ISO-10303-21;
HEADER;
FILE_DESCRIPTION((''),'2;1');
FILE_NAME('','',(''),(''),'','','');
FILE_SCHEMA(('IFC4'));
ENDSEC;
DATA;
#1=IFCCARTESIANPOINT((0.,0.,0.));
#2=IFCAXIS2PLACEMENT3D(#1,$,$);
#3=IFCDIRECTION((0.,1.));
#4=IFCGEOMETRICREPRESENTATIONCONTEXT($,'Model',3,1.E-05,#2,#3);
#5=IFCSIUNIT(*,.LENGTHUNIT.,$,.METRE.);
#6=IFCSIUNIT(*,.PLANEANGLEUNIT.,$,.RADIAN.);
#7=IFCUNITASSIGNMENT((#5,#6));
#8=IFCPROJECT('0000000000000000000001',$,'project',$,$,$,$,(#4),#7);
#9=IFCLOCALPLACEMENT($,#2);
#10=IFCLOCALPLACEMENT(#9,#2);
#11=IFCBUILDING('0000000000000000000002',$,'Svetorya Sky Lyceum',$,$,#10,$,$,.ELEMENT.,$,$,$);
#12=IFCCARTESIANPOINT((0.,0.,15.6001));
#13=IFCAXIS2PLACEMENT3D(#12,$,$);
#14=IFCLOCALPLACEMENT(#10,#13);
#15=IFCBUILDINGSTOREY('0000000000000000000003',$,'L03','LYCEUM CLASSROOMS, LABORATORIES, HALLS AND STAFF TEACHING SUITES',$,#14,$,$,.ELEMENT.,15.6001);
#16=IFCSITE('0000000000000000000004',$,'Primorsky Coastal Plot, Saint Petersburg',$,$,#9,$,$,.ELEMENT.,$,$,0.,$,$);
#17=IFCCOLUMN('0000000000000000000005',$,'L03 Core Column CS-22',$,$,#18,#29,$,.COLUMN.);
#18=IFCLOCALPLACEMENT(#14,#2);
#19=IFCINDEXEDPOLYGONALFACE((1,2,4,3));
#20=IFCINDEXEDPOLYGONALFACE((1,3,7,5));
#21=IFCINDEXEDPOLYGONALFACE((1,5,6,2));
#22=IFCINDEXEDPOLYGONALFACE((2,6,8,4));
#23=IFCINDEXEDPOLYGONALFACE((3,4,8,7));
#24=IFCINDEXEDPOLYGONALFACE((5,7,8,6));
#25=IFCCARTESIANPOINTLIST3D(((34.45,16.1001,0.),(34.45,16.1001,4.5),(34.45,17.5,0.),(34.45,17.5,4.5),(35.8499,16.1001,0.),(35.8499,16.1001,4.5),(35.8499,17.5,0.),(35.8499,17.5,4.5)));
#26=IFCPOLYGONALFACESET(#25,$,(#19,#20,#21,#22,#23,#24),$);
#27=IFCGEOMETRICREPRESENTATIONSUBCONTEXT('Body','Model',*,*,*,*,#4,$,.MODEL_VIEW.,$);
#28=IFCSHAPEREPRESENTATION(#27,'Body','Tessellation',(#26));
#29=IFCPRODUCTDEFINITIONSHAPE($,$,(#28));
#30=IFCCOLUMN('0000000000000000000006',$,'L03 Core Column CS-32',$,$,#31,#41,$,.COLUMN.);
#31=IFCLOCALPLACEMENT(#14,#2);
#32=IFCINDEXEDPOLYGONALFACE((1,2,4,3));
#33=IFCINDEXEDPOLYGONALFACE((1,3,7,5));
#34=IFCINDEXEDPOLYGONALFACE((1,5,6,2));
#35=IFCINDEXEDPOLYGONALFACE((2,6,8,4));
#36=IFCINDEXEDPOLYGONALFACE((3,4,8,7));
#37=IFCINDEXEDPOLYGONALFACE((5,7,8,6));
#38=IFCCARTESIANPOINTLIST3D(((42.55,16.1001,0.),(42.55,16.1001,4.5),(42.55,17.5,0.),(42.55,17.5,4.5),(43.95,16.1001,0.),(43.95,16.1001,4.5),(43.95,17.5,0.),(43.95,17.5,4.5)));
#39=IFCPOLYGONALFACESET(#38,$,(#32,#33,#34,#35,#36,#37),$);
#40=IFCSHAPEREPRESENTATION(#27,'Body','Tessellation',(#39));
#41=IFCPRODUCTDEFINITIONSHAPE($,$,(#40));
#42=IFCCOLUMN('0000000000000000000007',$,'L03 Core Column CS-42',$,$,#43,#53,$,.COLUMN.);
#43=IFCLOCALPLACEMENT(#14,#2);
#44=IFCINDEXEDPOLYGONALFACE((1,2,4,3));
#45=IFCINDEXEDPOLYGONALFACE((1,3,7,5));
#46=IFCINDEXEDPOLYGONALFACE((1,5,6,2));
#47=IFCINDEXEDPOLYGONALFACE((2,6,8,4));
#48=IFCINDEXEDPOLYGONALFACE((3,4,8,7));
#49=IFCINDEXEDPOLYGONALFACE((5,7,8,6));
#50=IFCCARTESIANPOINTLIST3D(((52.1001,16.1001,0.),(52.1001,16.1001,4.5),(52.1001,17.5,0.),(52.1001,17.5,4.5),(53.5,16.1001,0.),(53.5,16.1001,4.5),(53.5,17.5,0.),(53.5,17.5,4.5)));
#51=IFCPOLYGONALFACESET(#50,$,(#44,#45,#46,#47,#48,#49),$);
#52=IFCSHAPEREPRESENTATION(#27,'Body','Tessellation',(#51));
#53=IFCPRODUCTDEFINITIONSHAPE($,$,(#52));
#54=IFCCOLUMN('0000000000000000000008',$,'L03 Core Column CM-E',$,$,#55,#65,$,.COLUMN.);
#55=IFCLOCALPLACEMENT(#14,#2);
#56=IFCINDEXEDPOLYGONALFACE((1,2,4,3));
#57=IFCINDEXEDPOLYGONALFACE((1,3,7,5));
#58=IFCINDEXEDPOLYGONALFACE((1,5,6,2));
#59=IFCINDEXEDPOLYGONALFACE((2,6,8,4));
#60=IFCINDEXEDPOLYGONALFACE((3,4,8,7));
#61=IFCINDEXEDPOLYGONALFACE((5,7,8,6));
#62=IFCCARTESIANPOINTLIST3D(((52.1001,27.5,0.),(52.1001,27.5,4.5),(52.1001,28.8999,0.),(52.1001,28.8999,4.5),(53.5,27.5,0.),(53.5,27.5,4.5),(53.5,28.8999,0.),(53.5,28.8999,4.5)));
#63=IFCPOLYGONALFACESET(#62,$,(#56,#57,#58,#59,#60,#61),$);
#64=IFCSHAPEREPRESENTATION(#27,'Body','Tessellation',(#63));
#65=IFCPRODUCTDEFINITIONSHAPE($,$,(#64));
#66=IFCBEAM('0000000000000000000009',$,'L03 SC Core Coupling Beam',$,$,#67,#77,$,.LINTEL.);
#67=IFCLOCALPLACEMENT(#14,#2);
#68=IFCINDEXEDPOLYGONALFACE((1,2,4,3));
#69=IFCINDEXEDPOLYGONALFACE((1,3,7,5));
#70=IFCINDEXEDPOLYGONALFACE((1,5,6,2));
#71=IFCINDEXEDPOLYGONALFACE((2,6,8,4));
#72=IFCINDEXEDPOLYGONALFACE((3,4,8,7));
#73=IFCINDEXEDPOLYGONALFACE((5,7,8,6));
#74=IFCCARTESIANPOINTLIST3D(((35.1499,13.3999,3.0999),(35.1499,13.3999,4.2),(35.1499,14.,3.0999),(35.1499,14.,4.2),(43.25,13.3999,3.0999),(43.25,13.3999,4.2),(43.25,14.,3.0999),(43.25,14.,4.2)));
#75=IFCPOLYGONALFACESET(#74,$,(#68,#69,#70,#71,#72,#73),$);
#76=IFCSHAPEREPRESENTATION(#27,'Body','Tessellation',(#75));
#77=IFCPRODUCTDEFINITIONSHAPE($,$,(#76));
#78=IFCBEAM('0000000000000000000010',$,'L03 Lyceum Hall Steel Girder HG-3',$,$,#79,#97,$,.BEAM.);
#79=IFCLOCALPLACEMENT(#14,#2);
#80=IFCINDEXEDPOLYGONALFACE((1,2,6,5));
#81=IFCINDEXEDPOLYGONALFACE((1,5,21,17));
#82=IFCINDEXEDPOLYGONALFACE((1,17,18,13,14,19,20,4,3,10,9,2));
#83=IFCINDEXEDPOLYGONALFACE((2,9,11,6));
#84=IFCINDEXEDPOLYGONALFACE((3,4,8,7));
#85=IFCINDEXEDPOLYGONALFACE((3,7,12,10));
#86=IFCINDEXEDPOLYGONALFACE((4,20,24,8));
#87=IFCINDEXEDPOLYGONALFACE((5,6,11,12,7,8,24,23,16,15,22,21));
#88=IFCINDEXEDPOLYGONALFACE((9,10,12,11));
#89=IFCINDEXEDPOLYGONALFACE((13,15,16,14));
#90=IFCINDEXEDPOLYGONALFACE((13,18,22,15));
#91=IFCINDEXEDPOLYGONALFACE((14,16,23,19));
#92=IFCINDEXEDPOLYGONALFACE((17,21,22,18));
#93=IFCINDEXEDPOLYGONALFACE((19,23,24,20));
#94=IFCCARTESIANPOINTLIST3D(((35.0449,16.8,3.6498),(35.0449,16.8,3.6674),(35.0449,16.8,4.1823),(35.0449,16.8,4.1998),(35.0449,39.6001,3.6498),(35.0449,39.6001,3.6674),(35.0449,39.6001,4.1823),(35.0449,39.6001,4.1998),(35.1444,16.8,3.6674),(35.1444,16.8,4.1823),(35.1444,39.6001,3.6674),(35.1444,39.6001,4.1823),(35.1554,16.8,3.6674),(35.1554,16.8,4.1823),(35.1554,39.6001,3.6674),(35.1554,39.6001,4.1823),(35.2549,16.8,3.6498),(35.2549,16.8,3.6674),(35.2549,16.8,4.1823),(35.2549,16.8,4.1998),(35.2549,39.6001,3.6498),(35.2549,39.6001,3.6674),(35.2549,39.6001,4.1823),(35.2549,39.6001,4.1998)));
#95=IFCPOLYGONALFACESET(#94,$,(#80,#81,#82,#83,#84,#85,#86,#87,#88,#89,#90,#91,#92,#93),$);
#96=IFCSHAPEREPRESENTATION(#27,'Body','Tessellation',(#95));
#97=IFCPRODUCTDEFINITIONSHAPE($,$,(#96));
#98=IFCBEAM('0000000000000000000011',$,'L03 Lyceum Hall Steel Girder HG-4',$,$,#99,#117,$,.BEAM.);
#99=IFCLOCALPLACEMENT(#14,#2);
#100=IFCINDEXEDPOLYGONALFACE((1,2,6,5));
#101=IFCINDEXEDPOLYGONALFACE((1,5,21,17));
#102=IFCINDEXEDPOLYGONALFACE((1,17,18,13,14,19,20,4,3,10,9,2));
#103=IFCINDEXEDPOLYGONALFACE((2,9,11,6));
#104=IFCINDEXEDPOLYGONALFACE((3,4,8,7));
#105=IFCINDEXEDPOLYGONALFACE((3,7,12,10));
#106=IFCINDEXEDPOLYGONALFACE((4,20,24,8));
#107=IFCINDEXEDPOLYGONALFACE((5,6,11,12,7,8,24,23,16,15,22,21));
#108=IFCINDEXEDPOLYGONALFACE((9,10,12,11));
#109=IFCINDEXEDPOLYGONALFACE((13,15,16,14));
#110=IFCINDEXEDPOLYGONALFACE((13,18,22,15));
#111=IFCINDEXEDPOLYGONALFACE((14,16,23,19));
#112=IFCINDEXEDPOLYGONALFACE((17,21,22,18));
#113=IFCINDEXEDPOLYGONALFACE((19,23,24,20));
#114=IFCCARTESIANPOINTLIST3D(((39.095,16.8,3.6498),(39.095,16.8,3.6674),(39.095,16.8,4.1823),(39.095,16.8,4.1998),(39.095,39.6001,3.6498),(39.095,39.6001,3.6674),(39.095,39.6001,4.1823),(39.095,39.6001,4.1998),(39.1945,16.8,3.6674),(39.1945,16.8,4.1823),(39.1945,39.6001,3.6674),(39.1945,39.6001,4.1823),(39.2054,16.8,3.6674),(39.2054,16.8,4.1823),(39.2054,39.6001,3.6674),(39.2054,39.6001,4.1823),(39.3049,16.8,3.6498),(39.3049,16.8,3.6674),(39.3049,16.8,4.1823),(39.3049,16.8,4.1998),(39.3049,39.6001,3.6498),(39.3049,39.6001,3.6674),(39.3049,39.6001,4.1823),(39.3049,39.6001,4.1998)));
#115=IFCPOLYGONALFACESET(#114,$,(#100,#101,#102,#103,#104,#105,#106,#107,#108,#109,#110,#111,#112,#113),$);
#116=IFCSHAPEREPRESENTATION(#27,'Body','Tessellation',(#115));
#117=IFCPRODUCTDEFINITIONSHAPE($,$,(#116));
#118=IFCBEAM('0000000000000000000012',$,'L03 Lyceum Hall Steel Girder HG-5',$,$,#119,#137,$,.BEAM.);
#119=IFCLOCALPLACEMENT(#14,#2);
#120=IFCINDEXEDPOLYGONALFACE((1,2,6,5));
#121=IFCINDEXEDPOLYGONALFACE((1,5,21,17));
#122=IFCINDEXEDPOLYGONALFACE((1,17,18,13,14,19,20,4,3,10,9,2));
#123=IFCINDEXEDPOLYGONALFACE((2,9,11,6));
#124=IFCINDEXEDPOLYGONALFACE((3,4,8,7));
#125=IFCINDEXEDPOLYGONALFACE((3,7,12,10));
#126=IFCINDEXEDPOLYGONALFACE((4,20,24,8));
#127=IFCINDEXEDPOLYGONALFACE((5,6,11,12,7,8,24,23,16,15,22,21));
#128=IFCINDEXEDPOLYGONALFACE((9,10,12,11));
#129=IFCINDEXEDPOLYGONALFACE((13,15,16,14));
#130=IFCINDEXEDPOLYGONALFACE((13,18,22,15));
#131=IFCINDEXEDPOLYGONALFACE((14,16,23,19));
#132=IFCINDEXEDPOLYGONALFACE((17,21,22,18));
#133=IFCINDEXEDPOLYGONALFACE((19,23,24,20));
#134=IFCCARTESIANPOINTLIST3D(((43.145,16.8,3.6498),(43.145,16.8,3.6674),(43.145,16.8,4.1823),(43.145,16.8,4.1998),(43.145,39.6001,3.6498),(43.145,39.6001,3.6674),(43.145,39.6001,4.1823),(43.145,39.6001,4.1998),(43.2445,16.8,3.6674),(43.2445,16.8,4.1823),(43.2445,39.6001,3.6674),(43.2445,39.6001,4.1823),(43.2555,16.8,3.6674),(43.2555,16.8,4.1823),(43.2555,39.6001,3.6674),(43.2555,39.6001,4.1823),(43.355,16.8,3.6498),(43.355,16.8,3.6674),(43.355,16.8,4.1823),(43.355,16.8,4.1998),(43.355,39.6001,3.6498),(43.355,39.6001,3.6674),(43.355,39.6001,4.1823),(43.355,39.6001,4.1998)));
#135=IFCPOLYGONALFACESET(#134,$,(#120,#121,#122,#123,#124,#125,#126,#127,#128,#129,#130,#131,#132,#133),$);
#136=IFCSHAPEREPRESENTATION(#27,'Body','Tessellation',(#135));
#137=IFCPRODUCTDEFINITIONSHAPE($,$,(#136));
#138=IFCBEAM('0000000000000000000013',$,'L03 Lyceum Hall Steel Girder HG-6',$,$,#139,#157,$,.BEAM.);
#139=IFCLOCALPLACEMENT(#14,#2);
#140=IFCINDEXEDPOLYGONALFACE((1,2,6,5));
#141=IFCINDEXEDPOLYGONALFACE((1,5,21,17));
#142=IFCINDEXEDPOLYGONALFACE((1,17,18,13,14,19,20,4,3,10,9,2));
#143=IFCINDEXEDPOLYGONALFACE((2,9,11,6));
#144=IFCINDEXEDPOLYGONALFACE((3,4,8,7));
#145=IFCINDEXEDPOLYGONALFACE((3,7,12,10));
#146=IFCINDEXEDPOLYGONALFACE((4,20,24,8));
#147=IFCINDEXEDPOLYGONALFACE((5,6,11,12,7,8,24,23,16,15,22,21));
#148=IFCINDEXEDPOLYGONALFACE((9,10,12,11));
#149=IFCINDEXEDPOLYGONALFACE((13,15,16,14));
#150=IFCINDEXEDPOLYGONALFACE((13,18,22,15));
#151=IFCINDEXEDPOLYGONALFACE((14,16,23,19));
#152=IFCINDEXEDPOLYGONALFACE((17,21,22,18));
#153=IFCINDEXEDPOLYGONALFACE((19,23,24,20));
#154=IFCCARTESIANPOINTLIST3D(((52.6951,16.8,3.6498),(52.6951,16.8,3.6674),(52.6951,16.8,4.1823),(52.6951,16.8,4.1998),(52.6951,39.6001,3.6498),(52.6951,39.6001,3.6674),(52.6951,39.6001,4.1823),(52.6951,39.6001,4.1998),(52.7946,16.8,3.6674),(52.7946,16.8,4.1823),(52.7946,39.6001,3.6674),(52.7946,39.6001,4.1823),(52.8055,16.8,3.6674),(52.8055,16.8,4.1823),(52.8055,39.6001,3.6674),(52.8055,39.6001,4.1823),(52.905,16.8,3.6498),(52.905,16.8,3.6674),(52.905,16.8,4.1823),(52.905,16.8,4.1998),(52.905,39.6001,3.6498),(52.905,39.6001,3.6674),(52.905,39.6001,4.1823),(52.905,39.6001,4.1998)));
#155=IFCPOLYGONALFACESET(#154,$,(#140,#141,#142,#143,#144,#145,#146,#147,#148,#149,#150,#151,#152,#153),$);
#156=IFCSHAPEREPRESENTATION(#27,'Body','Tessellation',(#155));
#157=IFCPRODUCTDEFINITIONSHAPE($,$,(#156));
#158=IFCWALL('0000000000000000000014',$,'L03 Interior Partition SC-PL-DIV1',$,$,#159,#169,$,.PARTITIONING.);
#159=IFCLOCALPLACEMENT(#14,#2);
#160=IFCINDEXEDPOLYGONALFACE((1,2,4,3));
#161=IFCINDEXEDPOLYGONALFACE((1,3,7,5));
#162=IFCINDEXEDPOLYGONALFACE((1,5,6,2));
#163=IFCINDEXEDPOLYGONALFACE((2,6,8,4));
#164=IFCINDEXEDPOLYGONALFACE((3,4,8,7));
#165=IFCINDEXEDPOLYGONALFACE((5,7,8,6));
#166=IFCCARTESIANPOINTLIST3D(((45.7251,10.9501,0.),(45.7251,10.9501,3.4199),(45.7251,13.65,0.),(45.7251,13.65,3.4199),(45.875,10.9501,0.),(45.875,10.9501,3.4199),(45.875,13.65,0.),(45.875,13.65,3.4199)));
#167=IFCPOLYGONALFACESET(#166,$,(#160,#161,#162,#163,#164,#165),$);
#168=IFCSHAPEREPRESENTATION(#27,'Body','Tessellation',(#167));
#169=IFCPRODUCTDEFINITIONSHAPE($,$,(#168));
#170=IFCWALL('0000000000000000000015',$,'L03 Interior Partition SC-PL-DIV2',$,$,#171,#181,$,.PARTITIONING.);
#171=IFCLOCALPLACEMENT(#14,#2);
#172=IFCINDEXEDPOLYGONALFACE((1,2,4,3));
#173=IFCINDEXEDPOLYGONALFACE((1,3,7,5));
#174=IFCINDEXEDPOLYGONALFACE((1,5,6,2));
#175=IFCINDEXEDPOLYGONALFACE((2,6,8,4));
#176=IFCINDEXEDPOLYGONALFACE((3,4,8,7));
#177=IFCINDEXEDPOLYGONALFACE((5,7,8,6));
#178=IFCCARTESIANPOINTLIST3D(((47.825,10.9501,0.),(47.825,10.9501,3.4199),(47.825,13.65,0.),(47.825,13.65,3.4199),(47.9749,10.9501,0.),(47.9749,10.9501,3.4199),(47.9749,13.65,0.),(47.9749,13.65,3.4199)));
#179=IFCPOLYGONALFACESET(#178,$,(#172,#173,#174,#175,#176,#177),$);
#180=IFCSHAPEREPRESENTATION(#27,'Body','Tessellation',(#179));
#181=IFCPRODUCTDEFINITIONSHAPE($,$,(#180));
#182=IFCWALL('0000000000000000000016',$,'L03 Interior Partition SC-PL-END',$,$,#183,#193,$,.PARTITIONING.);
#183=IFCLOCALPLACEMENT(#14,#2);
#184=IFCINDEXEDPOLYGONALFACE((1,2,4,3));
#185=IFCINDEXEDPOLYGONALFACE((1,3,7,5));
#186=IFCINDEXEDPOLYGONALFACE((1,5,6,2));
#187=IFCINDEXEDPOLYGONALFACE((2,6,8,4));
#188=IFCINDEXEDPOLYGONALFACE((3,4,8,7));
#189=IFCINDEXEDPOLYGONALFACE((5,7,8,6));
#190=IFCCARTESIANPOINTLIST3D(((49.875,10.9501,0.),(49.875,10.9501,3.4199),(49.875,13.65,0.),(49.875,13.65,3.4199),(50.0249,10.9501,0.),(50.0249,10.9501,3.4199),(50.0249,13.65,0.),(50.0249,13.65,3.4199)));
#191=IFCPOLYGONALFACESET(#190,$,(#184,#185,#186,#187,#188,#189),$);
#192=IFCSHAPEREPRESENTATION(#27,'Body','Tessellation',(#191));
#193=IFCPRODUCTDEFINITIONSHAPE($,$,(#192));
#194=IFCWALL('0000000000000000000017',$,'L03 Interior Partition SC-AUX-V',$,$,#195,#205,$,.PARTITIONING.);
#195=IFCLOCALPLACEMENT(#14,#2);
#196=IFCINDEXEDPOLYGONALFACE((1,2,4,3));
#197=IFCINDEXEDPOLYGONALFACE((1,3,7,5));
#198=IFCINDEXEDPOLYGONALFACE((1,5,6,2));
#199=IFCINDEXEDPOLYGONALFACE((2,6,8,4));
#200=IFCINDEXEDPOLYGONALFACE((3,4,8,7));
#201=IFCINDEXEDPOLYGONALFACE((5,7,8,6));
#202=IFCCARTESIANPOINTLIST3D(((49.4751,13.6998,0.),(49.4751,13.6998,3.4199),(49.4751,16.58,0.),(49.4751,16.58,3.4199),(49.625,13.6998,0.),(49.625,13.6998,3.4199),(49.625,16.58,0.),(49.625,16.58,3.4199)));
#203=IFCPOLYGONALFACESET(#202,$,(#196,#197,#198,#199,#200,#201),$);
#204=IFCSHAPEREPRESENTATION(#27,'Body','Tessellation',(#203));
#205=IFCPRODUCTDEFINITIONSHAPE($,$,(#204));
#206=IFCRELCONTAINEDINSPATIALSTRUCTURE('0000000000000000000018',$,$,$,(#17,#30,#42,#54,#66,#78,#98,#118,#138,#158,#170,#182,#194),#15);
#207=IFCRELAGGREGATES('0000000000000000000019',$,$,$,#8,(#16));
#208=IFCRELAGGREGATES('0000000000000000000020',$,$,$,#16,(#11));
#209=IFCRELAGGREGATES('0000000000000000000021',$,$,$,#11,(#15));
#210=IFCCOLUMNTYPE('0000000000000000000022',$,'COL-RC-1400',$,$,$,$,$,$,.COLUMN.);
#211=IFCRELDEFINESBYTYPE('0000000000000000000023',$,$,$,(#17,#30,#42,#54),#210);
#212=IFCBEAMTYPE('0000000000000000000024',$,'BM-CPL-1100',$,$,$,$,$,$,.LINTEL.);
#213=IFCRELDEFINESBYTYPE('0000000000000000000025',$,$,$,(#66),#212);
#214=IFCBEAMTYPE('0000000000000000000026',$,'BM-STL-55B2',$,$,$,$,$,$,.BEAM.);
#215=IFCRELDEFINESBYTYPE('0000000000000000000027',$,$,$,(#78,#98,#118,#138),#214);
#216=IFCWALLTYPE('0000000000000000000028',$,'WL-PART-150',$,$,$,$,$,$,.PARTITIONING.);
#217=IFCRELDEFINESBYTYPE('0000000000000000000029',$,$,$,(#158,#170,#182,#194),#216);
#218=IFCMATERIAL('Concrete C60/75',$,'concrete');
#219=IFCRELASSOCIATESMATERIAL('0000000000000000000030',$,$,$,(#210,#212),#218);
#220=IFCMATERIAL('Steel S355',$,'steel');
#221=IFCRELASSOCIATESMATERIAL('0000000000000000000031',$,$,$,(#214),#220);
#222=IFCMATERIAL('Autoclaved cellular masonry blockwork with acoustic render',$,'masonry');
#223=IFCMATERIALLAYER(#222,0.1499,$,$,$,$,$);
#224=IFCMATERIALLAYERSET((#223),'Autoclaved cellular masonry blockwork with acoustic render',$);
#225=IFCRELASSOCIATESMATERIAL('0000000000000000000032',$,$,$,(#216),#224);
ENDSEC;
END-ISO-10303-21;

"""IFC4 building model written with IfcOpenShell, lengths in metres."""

from ifc_helpers import new_model, si_unit, direction, frame, frame_2d, origin, origin_2d, place, context, subcontext, project, spatial, rectangle, i_section, extrude, material, layer, layer_set, material_profile, profile_set, type_object, element, save


model = new_model("IFC4")

# Units and contexts
model_context = context("Model", 3, precision=1e-05, world=origin(), true_north=direction((0.0, 1.0)))
body_context = subcontext(model_context, "Body", "Model", "MODEL_VIEW")
ifc_project = project(units=[si_unit("LENGTHUNIT", "METRE"), si_unit("PLANEANGLEUNIT", "RADIAN")], contexts=[model_context])

# Site, building, storey
site_placement = place(None, origin())
site = spatial("IfcSite", under=ifc_project, at=site_placement, Name="Primorsky Coastal Plot, Saint Petersburg", CompositionType="ELEMENT", RefElevation=0.0)
building_placement = place(site_placement, origin())
building = spatial("IfcBuilding", under=site, at=building_placement, Name="Svetorya Sky Lyceum", CompositionType="ELEMENT")
storey_placement = place(building_placement, frame((0.0, 0.0, 15.6001)))
storey = spatial("IfcBuildingStorey", under=building, at=storey_placement, Name="L03", Description="LYCEUM CLASSROOMS, LABORATORIES, HALLS AND STAFF TEACHING SUITES", CompositionType="ELEMENT", Elevation=15.6001)

# Columns
ifc_material_1 = material(Name="Concrete C60/75", Category="concrete")
ifc_material_profile_1 = material_profile(ifc_material_1, rectangle(XDim=1.3999, YDim=1.3999, at=origin_2d()), Name="RC COL 1400x1400")
ifc_profile_set_1 = profile_set([ifc_material_profile_1], Name="Concrete C60/75")
column_type = type_object("IfcColumnType", Name="COL-RC-1400", PredefinedType="COLUMN", material=ifc_profile_set_1)
for number, where, z_axis, x_axis, name in (
    (1, (35.1499, 16.8, 0.0), (0.0, 0.0, 1.0), (1.0, 0.0, 0.0), "L03 Core Column CS-22"),
    (2, (43.25, 16.8, 0.0), (0.0, 0.0, 1.0), (1.0, 0.0, 0.0), "L03 Core Column CS-32"),
    (3, (52.8, 16.8, 0.0), (0.0, 0.0, 1.0), (1.0, 0.0, 0.0), "L03 Core Column CS-42"),
    (4, (52.8, 28.2, 0.0), (0.0, 0.0, 1.0), (1.0, 0.0, 0.0), "L03 Core Column CM-E"),
):
    element("IfcColumn", number, at=place(storey_placement, frame(where, z_axis=z_axis, x_axis=x_axis)), inside=storey, type_object=column_type, Name=name, PredefinedType="COLUMN", context=body_context, shape_type="SweptSolid", body=[
        extrude(rectangle(XDim=1.3999, YDim=1.3999, at=origin_2d()), origin(), (0.0, 0.0, 1.0), 4.5),
    ])

# Beams
ifc_material_profile_2 = material_profile(ifc_material_1, rectangle(XDim=0.6001, YDim=1.1001, at=origin_2d()), Name="RC COUPLING 600x1100")
ifc_profile_set_2 = profile_set([ifc_material_profile_2], Name="Concrete C60/75")
beam_type_1 = type_object("IfcBeamType", Name="BM-CPL-1100", PredefinedType="LINTEL", material=ifc_profile_set_2)
beam_placement = place(storey_placement, frame((35.1499, 13.7, 3.6499), z_axis=(1.0, 0.0, 0.0), x_axis=(0.0, 1.0, 0.0)))
element("IfcBeam", 5, at=beam_placement, inside=storey, type_object=beam_type_1, Name="L03 SC Core Coupling Beam", PredefinedType="LINTEL", context=body_context, shape_type="SweptSolid", body=[
    extrude(rectangle(XDim=0.6001, YDim=1.1001, at=origin_2d()), origin(), (0.0, 0.0, 1.0), 8.1001),
])
ifc_material_2 = material(Name="Steel S355", Category="steel")
ifc_material_profile_3 = material_profile(ifc_material_2, i_section(OverallWidth=0.21, OverallDepth=0.55, WebThickness=0.011, FlangeThickness=0.0176, at=origin_2d()), Name="GOST 55B2")
ifc_profile_set_3 = profile_set([ifc_material_profile_3], Name="Steel S355")
beam_type_2 = type_object("IfcBeamType", Name="BM-STL-55B2", PredefinedType="BEAM", material=ifc_profile_set_3)
for number, where, z_axis, x_axis, name in (
    (6, (35.1499, 16.8, 3.9248), (0.0, 1.0, 0.0), (-1.0, 0.0, 0.0), "L03 Lyceum Hall Steel Girder HG-3"),
    (7, (39.2, 16.8, 3.9248), (0.0, 1.0, 0.0), (-1.0, 0.0, 0.0), "L03 Lyceum Hall Steel Girder HG-4"),
    (8, (43.25, 16.8, 3.9248), (0.0, 1.0, 0.0), (-1.0, 0.0, 0.0), "L03 Lyceum Hall Steel Girder HG-5"),
    (9, (52.8, 16.8, 3.9248), (0.0, 1.0, 0.0), (-1.0, 0.0, 0.0), "L03 Lyceum Hall Steel Girder HG-6"),
):
    element("IfcBeam", number, at=place(storey_placement, frame(where, z_axis=z_axis, x_axis=x_axis)), inside=storey, type_object=beam_type_2, Name=name, PredefinedType="BEAM", context=body_context, shape_type="SweptSolid", body=[
        extrude(i_section(OverallWidth=0.21, OverallDepth=0.55, WebThickness=0.011, FlangeThickness=0.0176, at=origin_2d()), origin(), (0.0, 0.0, 1.0), 22.8),
    ])

# Walls
ifc_material_3 = material(Name="Autoclaved cellular masonry blockwork with acoustic render", Category="masonry")
ifc_layer_1 = layer(ifc_material_3, 0.1499)
ifc_layer_set_1 = layer_set([ifc_layer_1], Name="Autoclaved cellular masonry blockwork with acoustic render")
wall_type_1 = type_object("IfcWallType", Name="WL-PART-150", PredefinedType="PARTITIONING", material=ifc_layer_set_1)
for number, where, z_axis, x_axis, name in (
    (10, (45.8, 10.95, 0.0), (0.0, 0.0, 1.0), (0.0, 1.0, 0.0), "L03 Interior Partition SC-PL-DIV1"),
    (11, (47.8999, 10.95, 0.0), (0.0, 0.0, 1.0), (0.0, 1.0, 0.0), "L03 Interior Partition SC-PL-DIV2"),
    (12, (49.95, 10.95, 0.0), (0.0, 0.0, 1.0), (0.0, 1.0, 0.0), "L03 Interior Partition SC-PL-END"),
):
    element("IfcWall", number, at=place(storey_placement, frame(where, z_axis=z_axis, x_axis=x_axis)), inside=storey, type_object=wall_type_1, Name=name, PredefinedType="PARTITIONING", context=body_context, shape_type="SweptSolid", body=[
        extrude(rectangle(XDim=2.7, YDim=0.1499, at=frame_2d((1.3501, 0.0))), origin(), (0.0, 0.0, 1.0), 3.4199),
    ])
wall_1_placement = place(storey_placement, frame((49.55, 13.7, 0.0), z_axis=(0.0, 0.0, 1.0), x_axis=(0.0, 1.0, 0.0)))
element("IfcWall", 13, at=wall_1_placement, inside=storey, type_object=wall_type_1, Name="L03 Interior Partition SC-AUX-V", PredefinedType="PARTITIONING", context=body_context, shape_type="SweptSolid", body=[
    extrude(rectangle(XDim=2.8801, YDim=0.1499, at=frame_2d((1.4399, 0.0))), origin(), (0.0, 0.0, 1.0), 3.4199),
])

save(model, "model.ifc")
